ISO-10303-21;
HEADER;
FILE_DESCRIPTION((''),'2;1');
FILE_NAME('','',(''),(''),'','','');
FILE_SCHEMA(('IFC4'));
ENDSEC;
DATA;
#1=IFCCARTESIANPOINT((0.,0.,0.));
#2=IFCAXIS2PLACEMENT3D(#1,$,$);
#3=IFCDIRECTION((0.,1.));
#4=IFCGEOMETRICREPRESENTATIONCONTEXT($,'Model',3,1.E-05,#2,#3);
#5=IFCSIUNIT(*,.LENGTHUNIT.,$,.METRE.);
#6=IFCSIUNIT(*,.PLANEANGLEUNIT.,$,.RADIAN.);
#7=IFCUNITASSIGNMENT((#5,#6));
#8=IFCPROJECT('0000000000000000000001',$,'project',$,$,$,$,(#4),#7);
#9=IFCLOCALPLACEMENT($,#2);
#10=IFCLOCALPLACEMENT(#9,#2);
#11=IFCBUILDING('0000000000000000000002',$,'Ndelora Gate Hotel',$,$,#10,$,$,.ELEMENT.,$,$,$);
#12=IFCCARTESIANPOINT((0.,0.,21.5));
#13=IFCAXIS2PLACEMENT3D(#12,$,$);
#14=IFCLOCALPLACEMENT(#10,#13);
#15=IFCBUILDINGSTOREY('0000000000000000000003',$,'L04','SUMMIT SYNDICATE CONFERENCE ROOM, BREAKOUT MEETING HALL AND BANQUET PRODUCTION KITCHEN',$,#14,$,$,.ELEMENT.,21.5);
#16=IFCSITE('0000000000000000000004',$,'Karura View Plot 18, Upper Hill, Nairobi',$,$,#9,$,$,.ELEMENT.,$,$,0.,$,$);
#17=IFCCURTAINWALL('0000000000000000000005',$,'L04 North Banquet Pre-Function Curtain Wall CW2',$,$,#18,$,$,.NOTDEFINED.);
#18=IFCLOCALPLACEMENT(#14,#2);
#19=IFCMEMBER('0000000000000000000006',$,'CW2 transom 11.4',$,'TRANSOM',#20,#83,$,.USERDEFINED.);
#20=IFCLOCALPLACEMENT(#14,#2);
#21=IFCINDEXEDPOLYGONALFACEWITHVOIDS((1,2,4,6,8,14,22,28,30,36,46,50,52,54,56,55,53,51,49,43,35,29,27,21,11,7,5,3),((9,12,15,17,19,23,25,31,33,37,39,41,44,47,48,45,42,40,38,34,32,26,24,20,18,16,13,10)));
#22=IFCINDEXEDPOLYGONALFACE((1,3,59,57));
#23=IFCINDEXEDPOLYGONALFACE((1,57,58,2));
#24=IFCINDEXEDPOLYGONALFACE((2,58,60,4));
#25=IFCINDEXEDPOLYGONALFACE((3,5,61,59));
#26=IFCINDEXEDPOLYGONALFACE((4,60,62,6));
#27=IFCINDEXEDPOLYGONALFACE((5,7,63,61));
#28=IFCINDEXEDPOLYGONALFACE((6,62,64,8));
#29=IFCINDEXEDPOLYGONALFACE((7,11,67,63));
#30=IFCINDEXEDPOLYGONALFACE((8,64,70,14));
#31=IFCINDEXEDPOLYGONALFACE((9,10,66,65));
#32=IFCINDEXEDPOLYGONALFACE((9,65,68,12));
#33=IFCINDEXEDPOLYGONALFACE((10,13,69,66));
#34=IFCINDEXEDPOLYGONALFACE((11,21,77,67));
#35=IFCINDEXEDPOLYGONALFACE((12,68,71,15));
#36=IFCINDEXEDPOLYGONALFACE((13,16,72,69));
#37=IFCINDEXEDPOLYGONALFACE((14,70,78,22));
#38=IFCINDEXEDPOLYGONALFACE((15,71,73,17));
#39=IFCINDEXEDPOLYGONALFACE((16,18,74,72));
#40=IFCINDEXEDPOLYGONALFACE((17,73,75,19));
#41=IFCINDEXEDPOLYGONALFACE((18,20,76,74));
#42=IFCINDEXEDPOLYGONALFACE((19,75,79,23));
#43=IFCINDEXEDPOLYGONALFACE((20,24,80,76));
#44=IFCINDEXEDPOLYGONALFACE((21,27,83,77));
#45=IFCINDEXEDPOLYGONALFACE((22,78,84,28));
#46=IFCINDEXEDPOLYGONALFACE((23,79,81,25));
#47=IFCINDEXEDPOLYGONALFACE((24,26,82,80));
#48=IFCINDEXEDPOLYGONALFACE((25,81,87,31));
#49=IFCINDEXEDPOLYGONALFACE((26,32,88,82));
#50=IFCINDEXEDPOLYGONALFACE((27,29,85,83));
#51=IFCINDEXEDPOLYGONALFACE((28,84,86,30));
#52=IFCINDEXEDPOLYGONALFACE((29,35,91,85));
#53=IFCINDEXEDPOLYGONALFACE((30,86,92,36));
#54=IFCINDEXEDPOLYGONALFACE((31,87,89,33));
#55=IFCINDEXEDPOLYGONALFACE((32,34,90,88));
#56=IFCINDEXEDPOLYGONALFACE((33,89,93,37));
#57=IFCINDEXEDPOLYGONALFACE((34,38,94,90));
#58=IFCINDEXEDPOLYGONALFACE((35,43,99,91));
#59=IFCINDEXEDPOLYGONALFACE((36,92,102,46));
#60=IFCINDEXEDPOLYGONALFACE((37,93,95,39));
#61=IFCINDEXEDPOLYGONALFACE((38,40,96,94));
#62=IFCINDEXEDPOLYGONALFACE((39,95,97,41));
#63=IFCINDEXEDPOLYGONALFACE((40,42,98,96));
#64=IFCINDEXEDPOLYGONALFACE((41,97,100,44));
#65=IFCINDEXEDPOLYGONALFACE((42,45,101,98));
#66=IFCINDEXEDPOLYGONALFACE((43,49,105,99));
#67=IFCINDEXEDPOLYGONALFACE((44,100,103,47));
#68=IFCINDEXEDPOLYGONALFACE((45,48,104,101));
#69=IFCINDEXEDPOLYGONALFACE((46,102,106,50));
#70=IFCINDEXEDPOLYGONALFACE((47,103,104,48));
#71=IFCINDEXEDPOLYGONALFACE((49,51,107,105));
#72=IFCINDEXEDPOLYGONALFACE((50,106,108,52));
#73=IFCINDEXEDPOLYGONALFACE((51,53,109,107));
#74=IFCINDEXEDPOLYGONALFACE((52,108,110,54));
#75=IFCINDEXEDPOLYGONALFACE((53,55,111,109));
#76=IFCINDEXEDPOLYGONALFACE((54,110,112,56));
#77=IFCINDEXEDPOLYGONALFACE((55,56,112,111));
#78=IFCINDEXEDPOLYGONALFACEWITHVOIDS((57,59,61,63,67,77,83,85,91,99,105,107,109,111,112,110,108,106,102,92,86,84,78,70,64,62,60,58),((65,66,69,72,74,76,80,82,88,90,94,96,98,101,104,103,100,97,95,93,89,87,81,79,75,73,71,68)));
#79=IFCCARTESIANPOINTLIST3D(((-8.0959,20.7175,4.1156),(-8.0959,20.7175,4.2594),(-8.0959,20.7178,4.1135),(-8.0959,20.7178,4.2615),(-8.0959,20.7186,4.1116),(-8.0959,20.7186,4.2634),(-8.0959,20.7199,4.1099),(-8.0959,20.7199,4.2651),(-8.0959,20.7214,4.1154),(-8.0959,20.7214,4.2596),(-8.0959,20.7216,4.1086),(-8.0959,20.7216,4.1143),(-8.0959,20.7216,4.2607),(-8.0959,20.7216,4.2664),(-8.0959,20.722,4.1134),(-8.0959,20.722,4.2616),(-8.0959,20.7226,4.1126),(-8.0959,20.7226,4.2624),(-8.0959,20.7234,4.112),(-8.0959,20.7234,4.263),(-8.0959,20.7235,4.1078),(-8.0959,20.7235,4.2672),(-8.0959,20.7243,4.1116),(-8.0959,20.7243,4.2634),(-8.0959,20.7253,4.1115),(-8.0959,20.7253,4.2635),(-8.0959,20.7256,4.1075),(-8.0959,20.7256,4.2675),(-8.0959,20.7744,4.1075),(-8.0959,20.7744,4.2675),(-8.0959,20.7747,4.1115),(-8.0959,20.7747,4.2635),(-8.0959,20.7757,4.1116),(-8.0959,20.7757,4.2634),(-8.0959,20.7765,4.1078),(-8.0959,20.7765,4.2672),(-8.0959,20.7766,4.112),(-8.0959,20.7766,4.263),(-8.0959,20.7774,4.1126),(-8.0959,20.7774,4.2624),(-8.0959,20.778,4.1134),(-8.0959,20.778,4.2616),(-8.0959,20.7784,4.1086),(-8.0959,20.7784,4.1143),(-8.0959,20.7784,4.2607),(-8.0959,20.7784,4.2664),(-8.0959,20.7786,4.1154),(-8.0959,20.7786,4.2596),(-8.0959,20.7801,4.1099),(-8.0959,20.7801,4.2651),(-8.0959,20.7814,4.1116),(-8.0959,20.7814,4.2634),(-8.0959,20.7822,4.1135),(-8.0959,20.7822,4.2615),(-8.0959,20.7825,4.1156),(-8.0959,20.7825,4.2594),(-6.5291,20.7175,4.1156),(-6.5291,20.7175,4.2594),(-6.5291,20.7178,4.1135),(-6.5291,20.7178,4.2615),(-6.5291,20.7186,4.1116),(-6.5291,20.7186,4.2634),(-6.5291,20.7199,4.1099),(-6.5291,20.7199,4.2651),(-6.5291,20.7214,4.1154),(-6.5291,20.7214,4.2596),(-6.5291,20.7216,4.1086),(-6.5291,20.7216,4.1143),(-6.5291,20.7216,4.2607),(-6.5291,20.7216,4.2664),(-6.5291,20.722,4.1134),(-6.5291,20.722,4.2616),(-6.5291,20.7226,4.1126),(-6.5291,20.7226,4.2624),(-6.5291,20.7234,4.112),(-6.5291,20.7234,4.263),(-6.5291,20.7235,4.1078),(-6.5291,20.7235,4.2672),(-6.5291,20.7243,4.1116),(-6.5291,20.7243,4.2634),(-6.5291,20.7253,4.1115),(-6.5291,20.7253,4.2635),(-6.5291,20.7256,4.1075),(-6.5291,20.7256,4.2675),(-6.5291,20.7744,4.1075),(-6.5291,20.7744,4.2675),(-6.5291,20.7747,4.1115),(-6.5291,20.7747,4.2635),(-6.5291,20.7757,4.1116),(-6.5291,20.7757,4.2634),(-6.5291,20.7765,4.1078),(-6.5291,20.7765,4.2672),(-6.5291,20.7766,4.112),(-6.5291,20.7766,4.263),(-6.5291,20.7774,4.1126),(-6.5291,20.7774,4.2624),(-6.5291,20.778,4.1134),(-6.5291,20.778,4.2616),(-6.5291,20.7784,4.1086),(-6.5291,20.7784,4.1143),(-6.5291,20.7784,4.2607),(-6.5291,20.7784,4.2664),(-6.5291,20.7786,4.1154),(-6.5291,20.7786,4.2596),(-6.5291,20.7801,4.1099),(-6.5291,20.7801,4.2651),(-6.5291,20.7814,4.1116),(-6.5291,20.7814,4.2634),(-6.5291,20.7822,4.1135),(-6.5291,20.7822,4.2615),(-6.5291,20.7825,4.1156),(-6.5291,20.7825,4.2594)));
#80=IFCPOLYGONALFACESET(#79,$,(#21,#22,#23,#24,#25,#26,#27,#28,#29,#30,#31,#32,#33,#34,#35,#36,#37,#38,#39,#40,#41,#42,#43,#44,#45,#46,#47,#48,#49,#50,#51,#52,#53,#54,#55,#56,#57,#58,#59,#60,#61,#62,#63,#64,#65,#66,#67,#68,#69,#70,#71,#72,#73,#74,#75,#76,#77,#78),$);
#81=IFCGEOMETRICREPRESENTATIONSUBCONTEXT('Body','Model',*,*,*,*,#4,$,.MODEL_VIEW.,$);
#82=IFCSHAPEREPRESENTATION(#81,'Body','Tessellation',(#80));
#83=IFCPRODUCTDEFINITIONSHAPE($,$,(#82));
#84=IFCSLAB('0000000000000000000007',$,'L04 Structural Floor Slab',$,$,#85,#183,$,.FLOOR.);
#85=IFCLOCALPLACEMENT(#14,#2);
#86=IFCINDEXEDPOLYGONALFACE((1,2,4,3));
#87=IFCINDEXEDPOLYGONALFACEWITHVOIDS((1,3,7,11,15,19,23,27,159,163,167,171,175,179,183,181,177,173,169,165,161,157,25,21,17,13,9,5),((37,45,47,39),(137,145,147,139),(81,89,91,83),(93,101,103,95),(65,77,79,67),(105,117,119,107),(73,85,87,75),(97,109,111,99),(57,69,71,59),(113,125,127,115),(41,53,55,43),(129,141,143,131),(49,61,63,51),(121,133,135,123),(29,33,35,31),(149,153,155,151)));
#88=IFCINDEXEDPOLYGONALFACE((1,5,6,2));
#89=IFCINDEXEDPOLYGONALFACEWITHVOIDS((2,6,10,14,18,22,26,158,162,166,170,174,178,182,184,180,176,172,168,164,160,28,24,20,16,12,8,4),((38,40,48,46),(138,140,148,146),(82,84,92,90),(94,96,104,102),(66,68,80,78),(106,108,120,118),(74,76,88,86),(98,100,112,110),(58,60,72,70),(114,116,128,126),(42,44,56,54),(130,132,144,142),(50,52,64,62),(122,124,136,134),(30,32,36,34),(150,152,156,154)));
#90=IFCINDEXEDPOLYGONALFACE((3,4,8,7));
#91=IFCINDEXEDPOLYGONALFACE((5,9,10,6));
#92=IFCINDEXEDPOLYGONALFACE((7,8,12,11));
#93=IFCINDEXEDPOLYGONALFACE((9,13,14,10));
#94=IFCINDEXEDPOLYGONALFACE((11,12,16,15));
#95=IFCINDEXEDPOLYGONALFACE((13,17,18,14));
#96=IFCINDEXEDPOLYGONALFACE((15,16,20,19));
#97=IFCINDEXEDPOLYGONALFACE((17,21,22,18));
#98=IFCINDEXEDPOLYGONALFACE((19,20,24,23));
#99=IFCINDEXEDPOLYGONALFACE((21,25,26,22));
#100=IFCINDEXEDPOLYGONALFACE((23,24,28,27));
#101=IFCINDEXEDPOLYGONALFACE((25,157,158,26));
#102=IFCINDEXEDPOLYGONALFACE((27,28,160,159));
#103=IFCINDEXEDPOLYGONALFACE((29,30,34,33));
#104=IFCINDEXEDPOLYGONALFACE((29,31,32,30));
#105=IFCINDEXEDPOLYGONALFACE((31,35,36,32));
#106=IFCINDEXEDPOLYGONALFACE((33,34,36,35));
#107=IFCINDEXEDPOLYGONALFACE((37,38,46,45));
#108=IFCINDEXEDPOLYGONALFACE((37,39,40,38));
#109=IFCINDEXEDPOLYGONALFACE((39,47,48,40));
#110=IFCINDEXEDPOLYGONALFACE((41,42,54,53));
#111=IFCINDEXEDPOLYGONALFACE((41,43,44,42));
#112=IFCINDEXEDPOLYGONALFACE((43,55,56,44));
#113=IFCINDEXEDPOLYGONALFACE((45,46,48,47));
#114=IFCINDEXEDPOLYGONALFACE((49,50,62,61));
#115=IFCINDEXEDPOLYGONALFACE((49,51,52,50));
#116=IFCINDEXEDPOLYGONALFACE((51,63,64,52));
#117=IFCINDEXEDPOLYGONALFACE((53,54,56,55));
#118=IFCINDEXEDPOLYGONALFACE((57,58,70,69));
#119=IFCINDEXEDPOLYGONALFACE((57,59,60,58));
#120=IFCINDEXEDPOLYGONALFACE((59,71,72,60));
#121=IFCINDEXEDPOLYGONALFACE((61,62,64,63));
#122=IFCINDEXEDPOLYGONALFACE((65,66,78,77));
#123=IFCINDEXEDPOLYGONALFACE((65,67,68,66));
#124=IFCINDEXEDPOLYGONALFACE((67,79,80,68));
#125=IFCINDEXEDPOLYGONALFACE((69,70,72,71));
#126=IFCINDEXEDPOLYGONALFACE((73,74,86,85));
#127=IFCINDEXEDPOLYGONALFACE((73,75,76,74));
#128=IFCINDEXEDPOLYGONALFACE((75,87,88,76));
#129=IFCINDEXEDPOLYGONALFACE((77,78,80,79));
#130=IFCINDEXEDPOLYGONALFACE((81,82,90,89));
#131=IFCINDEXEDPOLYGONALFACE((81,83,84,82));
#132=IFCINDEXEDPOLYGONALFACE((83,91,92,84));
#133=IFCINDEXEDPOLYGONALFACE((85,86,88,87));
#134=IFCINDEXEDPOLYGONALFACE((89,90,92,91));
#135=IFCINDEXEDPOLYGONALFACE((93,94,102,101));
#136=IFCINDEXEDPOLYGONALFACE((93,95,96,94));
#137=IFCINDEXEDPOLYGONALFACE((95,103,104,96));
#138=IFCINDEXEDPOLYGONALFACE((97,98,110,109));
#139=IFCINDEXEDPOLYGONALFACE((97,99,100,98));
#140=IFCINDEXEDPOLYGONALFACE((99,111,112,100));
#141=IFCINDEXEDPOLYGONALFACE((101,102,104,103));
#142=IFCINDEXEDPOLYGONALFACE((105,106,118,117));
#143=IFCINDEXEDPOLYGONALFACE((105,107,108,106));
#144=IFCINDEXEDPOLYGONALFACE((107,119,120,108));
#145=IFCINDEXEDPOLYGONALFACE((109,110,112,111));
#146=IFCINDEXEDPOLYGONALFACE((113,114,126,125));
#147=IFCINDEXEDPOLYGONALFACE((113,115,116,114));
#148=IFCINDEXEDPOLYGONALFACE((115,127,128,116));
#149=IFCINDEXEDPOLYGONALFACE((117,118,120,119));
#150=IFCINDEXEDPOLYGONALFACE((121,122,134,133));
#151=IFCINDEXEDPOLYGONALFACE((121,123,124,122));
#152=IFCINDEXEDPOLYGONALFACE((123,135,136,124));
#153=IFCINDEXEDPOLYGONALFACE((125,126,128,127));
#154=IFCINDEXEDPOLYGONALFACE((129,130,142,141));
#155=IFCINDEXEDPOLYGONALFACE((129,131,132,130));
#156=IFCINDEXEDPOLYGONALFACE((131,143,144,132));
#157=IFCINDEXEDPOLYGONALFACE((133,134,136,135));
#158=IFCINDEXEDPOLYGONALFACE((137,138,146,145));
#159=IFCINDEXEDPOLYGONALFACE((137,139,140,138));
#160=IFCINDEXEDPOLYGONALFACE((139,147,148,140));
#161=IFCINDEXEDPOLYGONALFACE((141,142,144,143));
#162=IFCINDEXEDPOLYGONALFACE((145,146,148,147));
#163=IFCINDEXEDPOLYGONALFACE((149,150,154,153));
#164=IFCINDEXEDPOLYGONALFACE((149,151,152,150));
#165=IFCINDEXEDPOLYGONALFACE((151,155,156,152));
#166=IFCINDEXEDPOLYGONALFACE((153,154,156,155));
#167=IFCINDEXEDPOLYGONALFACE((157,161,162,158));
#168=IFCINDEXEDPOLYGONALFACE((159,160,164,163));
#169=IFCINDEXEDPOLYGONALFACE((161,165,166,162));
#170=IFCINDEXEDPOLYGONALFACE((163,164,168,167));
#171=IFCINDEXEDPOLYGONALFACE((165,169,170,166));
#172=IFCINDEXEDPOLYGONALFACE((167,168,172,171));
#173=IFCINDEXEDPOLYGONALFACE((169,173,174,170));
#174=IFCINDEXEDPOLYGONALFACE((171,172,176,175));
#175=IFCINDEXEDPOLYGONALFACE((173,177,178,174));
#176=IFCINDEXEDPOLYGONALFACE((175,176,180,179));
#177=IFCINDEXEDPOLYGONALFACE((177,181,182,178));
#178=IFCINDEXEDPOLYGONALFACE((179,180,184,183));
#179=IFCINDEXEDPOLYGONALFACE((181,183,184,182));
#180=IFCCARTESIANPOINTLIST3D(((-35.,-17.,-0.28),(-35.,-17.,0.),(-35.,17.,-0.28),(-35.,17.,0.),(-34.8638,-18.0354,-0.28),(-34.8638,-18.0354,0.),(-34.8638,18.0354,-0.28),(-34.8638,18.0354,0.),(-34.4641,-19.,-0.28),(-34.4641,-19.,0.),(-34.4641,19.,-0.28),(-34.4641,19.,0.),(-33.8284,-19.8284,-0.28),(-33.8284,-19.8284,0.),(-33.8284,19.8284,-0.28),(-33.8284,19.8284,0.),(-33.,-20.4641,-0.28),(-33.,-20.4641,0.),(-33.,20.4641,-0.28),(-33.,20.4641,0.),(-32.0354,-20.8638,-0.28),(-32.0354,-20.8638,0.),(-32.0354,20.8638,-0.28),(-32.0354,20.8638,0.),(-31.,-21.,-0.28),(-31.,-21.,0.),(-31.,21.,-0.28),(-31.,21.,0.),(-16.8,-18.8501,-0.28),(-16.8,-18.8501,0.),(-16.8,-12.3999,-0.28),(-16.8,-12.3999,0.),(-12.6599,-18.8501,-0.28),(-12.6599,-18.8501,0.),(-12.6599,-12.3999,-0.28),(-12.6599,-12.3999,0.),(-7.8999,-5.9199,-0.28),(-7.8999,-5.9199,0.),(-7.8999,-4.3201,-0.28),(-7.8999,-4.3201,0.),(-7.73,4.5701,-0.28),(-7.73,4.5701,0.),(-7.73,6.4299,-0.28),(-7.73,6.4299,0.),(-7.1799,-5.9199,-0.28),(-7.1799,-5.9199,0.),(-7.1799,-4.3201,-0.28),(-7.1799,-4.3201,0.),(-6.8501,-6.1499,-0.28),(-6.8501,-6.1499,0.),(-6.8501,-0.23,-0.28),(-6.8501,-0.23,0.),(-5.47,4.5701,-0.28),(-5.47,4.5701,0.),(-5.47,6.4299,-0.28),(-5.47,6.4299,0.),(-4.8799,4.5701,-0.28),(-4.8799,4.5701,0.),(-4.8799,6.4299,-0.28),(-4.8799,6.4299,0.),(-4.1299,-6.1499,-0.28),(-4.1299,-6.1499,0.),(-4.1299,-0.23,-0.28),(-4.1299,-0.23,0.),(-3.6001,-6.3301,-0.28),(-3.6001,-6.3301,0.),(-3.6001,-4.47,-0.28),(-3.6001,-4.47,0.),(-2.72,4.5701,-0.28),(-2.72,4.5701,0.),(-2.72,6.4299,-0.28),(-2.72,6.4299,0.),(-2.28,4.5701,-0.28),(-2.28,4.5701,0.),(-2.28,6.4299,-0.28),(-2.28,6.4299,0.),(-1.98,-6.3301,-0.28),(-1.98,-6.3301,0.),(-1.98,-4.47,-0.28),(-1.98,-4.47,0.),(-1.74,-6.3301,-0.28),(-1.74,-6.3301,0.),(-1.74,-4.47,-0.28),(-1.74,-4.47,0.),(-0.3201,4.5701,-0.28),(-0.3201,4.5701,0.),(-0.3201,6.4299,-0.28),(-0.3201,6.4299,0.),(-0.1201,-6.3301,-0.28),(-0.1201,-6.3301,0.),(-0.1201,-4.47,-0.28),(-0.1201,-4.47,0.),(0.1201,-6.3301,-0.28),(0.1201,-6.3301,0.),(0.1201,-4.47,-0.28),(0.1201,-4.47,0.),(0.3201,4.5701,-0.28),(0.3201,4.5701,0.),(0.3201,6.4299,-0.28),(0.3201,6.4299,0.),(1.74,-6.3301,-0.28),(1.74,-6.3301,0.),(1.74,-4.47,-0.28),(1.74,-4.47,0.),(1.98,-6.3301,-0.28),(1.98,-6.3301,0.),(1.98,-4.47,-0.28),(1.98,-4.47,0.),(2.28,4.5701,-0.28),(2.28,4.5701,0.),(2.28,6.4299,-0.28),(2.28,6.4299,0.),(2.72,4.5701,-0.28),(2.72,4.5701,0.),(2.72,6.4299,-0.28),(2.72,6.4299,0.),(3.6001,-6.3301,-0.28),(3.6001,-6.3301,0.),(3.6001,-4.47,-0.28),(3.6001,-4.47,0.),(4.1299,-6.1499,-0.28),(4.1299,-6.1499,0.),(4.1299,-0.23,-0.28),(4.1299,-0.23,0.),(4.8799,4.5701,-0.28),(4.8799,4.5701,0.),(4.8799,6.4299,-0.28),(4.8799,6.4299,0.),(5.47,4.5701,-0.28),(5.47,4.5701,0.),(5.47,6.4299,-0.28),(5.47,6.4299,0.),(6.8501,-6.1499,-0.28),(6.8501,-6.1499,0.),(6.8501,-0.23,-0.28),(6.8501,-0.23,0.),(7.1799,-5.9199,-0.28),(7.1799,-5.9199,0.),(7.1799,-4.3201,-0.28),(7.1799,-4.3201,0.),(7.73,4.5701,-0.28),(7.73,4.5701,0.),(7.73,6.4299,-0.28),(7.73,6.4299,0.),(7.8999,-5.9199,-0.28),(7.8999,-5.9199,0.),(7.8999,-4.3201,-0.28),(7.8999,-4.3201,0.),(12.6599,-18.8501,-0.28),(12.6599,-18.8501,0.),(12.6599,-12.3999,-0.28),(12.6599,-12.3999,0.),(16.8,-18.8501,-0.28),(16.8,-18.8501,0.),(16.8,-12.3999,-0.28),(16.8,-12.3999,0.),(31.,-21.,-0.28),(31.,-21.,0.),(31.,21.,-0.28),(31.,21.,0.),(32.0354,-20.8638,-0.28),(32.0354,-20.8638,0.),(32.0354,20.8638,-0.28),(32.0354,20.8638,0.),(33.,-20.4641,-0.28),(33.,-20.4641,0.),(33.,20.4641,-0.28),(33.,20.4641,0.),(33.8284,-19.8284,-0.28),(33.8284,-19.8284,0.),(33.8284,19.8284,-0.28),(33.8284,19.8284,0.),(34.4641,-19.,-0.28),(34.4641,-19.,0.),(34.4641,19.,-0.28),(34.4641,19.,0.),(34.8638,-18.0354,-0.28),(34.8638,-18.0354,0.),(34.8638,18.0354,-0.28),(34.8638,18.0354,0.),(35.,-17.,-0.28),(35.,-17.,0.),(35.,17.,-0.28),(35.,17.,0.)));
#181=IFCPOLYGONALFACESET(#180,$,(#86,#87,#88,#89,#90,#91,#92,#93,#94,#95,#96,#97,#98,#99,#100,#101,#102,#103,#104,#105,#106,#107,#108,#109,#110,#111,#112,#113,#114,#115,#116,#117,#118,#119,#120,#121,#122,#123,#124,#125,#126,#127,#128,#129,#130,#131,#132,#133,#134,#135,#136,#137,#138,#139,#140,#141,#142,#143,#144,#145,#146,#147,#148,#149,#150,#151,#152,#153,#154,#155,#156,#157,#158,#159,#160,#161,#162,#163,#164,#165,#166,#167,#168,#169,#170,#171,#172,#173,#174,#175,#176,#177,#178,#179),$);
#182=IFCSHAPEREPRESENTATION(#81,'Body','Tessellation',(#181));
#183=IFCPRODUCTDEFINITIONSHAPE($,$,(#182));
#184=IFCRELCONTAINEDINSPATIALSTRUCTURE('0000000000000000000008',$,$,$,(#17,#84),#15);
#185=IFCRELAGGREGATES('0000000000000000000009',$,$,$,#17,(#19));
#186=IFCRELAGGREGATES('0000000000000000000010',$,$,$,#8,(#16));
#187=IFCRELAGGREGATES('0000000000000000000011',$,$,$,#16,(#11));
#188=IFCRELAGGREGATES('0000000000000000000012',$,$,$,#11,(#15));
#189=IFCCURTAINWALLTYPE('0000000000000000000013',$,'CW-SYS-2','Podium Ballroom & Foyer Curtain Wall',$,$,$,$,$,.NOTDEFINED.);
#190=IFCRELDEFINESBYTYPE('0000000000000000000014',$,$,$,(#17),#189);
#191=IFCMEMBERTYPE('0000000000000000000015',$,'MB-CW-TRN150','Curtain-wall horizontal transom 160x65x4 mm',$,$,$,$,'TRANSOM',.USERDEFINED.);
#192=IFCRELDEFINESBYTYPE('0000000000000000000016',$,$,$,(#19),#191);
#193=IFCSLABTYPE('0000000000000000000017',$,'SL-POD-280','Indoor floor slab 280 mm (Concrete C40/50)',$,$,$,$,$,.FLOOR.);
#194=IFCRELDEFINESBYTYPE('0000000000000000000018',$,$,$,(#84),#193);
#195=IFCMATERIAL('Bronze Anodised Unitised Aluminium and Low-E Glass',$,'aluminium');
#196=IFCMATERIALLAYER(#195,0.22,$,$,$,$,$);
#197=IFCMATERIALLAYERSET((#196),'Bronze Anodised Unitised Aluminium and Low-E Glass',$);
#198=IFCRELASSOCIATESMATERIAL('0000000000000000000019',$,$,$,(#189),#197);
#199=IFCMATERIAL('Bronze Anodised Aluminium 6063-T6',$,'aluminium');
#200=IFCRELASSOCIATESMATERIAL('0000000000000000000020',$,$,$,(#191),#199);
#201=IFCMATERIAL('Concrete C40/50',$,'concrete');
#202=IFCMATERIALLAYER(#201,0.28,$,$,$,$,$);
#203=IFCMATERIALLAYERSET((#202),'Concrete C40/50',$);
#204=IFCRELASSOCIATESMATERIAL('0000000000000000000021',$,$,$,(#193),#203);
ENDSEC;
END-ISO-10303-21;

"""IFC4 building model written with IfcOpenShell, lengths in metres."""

from ifc_helpers import new_model, si_unit, direction, frame, origin, origin_2d, place, context, subcontext, project, spatial, polyline, hollow_rectangle, outline, extrude, material, layer, layer_set, material_profile, profile_set, type_object, element, aggregate, save


model = new_model("IFC4")

# Units and contexts
model_context = context("Model", 3, precision=1e-05, world=origin(), true_north=direction((0.0, 1.0)))
body_context = subcontext(model_context, "Body", "Model", "MODEL_VIEW")
ifc_project = project(units=[si_unit("LENGTHUNIT", "METRE"), si_unit("PLANEANGLEUNIT", "RADIAN")], contexts=[model_context])

# Site, building, storey
site_placement = place(None, origin())
site = spatial("IfcSite", under=ifc_project, at=site_placement, Name="Karura View Plot 18, Upper Hill, Nairobi", CompositionType="ELEMENT", RefElevation=0.0)
building_placement = place(site_placement, origin())
building = spatial("IfcBuilding", under=site, at=building_placement, Name="Ndelora Gate Hotel", CompositionType="ELEMENT")
storey_placement = place(building_placement, frame((0.0, 0.0, 21.5)))
storey = spatial("IfcBuildingStorey", under=building, at=storey_placement, Name="L04", Description="SUMMIT SYNDICATE CONFERENCE ROOM, BREAKOUT MEETING HALL AND BANQUET PRODUCTION KITCHEN", CompositionType="ELEMENT", Elevation=21.5)

# Curtain wall, member
ifc_material_1 = material(Name="Bronze Anodised Unitised Aluminium and Low-E Glass", Category="aluminium")
ifc_layer_1 = layer(ifc_material_1, 0.22)
ifc_layer_set_1 = layer_set([ifc_layer_1], Name="Bronze Anodised Unitised Aluminium and Low-E Glass")
curtain_wall_type = type_object("IfcCurtainWallType", Name="CW-SYS-2", Description="Podium Ballroom & Foyer Curtain Wall", PredefinedType="NOTDEFINED", material=ifc_layer_set_1)
curtain_wall_placement = place(storey_placement, origin())
curtain_wall = element("IfcCurtainWall", 1, at=curtain_wall_placement, inside=storey, type_object=curtain_wall_type, Name="L04 North Banquet Pre-Function Curtain Wall CW2", PredefinedType="NOTDEFINED")
ifc_material_2 = material(Name="Bronze Anodised Aluminium 6063-T6", Category="aluminium")
ifc_material_profile_1 = material_profile(ifc_material_2, hollow_rectangle(XDim=0.0649, YDim=0.1599, WallThickness=0.0039, InnerFilletRadius=0.0039, OuterFilletRadius=0.0081, at=origin_2d()), Name="ALU 160x65x4")
ifc_profile_set_1 = profile_set([ifc_material_profile_1], Name="Bronze Anodised Aluminium 6063-T6")
member_type_1 = type_object("IfcMemberType", Name="MB-CW-TRN150", Description="Curtain-wall horizontal transom 160x65x4 mm", ElementType="TRANSOM", PredefinedType="USERDEFINED", material=ifc_profile_set_1)
member_1_placement = place(storey_placement, frame((-6.5291, 20.75, 4.1875), z_axis=(-1.0, 0.0, 0.0), x_axis=(0.0, -1.0, 0.0)))
member_1 = element("IfcMember", 2, at=member_1_placement, type_object=member_type_1, Name="CW2 transom 11.4", ObjectType="TRANSOM", PredefinedType="USERDEFINED", context=body_context, shape_type="SweptSolid", body=[
    extrude(hollow_rectangle(XDim=0.0649, YDim=0.1599, WallThickness=0.0039, InnerFilletRadius=0.0039, OuterFilletRadius=0.0081, at=origin_2d()), origin(), (0.0, 0.0, 1.0), 1.5669),
])
aggregate(curtain_wall, [member_1])

# Slab
ifc_material_3 = material(Name="Concrete C40/50", Category="concrete")
ifc_layer_2 = layer(ifc_material_3, 0.28)
ifc_layer_set_2 = layer_set([ifc_layer_2], Name="Concrete C40/50")
slab_type = type_object("IfcSlabType", Name="SL-POD-280", Description="Indoor floor slab 280 mm (Concrete C40/50)", PredefinedType="FLOOR", material=ifc_layer_set_2)
slab_placement = place(storey_placement, frame((0.0, 0.0, -0.28)))
element("IfcSlab", 3, at=slab_placement, inside=storey, type_object=slab_type, Name="L04 Structural Floor Slab", PredefinedType="FLOOR", context=body_context, shape_type="SweptSolid", body=[
    extrude(outline(polyline([(31.0, -21.0), (32.0354, -20.8638), (33.0, -20.4641), (33.8284, -19.8284), (34.4641, -19.0), (34.8638, -18.0354), (35.0, -17.0), (35.0, 17.0), (34.8638, 18.0354), (34.4641, 19.0), (33.8284, 19.8284), (33.0, 20.4641), (32.0354, 20.8638), (31.0, 21.0), (-31.0, 21.0), (-32.0354, 20.8638), (-33.0, 20.4641), (-33.8284, 19.8284), (-34.4641, 19.0), (-34.8638, 18.0354), (-35.0, 17.0), (-35.0, -17.0), (-34.8638, -18.0354), (-34.4641, -19.0), (-33.8284, -19.8284), (-33.0, -20.4641), (-32.0354, -20.8638), (-31.0, -21.0), (31.0, -21.0)]), holes=[polyline([(-6.8501, -0.23), (-6.8501, -6.1499), (-4.1299, -6.1499), (-4.1299, -0.23), (-6.8501, -0.23)]), polyline([(4.1299, -0.23), (4.1299, -6.1499), (6.8501, -6.1499), (6.8501, -0.23), (4.1299, -0.23)]), polyline([(-16.8, -12.3999), (-16.8, -18.8501), (-12.6599, -18.8501), (-12.6599, -12.3999), (-16.8, -12.3999)]), polyline([(12.6599, -12.3999), (12.6599, -18.8501), (16.8, -18.8501), (16.8, -12.3999), (12.6599, -12.3999)]), polyline([(-7.73, 4.5701), (-5.47, 4.5701), (-5.47, 6.4299), (-7.73, 6.4299), (-7.73, 4.5701)]), polyline([(5.47, 4.5701), (7.73, 4.5701), (7.73, 6.4299), (5.47, 6.4299), (5.47, 4.5701)]), polyline([(-4.8799, 4.5701), (-2.72, 4.5701), (-2.72, 6.4299), (-4.8799, 6.4299), (-4.8799, 4.5701)]), polyline([(2.72, 4.5701), (4.8799, 4.5701), (4.8799, 6.4299), (2.72, 6.4299), (2.72, 4.5701)]), polyline([(-3.6001, -6.3301), (-1.98, -6.3301), (-1.98, -4.47), (-3.6001, -4.47), (-3.6001, -6.3301)]), polyline([(-1.74, -6.3301), (-0.1201, -6.3301), (-0.1201, -4.47), (-1.74, -4.47), (-1.74, -6.3301)]), polyline([(0.1201, -6.3301), (1.74, -6.3301), (1.74, -4.47), (0.1201, -4.47), (0.1201, -6.3301)]), polyline([(1.98, -6.3301), (3.6001, -6.3301), (3.6001, -4.47), (1.98, -4.47), (1.98, -6.3301)]), polyline([(-2.28, 4.5701), (-0.3201, 4.5701), (-0.3201, 6.4299), (-2.28, 6.4299), (-2.28, 4.5701)]), polyline([(0.3201, 4.5701), (2.28, 4.5701), (2.28, 6.4299), (0.3201, 6.4299), (0.3201, 4.5701)]), polyline([(-7.8999, -5.9199), (-7.1799, -5.9199), (-7.1799, -4.3201), (-7.8999, -4.3201), (-7.8999, -5.9199)]), polyline([(7.1799, -5.9199), (7.8999, -5.9199), (7.8999, -4.3201), (7.1799, -4.3201), (7.1799, -5.9199)])]), origin(), (0.0, 0.0, 1.0), 0.28),
])

save(model, "model.ifc")
